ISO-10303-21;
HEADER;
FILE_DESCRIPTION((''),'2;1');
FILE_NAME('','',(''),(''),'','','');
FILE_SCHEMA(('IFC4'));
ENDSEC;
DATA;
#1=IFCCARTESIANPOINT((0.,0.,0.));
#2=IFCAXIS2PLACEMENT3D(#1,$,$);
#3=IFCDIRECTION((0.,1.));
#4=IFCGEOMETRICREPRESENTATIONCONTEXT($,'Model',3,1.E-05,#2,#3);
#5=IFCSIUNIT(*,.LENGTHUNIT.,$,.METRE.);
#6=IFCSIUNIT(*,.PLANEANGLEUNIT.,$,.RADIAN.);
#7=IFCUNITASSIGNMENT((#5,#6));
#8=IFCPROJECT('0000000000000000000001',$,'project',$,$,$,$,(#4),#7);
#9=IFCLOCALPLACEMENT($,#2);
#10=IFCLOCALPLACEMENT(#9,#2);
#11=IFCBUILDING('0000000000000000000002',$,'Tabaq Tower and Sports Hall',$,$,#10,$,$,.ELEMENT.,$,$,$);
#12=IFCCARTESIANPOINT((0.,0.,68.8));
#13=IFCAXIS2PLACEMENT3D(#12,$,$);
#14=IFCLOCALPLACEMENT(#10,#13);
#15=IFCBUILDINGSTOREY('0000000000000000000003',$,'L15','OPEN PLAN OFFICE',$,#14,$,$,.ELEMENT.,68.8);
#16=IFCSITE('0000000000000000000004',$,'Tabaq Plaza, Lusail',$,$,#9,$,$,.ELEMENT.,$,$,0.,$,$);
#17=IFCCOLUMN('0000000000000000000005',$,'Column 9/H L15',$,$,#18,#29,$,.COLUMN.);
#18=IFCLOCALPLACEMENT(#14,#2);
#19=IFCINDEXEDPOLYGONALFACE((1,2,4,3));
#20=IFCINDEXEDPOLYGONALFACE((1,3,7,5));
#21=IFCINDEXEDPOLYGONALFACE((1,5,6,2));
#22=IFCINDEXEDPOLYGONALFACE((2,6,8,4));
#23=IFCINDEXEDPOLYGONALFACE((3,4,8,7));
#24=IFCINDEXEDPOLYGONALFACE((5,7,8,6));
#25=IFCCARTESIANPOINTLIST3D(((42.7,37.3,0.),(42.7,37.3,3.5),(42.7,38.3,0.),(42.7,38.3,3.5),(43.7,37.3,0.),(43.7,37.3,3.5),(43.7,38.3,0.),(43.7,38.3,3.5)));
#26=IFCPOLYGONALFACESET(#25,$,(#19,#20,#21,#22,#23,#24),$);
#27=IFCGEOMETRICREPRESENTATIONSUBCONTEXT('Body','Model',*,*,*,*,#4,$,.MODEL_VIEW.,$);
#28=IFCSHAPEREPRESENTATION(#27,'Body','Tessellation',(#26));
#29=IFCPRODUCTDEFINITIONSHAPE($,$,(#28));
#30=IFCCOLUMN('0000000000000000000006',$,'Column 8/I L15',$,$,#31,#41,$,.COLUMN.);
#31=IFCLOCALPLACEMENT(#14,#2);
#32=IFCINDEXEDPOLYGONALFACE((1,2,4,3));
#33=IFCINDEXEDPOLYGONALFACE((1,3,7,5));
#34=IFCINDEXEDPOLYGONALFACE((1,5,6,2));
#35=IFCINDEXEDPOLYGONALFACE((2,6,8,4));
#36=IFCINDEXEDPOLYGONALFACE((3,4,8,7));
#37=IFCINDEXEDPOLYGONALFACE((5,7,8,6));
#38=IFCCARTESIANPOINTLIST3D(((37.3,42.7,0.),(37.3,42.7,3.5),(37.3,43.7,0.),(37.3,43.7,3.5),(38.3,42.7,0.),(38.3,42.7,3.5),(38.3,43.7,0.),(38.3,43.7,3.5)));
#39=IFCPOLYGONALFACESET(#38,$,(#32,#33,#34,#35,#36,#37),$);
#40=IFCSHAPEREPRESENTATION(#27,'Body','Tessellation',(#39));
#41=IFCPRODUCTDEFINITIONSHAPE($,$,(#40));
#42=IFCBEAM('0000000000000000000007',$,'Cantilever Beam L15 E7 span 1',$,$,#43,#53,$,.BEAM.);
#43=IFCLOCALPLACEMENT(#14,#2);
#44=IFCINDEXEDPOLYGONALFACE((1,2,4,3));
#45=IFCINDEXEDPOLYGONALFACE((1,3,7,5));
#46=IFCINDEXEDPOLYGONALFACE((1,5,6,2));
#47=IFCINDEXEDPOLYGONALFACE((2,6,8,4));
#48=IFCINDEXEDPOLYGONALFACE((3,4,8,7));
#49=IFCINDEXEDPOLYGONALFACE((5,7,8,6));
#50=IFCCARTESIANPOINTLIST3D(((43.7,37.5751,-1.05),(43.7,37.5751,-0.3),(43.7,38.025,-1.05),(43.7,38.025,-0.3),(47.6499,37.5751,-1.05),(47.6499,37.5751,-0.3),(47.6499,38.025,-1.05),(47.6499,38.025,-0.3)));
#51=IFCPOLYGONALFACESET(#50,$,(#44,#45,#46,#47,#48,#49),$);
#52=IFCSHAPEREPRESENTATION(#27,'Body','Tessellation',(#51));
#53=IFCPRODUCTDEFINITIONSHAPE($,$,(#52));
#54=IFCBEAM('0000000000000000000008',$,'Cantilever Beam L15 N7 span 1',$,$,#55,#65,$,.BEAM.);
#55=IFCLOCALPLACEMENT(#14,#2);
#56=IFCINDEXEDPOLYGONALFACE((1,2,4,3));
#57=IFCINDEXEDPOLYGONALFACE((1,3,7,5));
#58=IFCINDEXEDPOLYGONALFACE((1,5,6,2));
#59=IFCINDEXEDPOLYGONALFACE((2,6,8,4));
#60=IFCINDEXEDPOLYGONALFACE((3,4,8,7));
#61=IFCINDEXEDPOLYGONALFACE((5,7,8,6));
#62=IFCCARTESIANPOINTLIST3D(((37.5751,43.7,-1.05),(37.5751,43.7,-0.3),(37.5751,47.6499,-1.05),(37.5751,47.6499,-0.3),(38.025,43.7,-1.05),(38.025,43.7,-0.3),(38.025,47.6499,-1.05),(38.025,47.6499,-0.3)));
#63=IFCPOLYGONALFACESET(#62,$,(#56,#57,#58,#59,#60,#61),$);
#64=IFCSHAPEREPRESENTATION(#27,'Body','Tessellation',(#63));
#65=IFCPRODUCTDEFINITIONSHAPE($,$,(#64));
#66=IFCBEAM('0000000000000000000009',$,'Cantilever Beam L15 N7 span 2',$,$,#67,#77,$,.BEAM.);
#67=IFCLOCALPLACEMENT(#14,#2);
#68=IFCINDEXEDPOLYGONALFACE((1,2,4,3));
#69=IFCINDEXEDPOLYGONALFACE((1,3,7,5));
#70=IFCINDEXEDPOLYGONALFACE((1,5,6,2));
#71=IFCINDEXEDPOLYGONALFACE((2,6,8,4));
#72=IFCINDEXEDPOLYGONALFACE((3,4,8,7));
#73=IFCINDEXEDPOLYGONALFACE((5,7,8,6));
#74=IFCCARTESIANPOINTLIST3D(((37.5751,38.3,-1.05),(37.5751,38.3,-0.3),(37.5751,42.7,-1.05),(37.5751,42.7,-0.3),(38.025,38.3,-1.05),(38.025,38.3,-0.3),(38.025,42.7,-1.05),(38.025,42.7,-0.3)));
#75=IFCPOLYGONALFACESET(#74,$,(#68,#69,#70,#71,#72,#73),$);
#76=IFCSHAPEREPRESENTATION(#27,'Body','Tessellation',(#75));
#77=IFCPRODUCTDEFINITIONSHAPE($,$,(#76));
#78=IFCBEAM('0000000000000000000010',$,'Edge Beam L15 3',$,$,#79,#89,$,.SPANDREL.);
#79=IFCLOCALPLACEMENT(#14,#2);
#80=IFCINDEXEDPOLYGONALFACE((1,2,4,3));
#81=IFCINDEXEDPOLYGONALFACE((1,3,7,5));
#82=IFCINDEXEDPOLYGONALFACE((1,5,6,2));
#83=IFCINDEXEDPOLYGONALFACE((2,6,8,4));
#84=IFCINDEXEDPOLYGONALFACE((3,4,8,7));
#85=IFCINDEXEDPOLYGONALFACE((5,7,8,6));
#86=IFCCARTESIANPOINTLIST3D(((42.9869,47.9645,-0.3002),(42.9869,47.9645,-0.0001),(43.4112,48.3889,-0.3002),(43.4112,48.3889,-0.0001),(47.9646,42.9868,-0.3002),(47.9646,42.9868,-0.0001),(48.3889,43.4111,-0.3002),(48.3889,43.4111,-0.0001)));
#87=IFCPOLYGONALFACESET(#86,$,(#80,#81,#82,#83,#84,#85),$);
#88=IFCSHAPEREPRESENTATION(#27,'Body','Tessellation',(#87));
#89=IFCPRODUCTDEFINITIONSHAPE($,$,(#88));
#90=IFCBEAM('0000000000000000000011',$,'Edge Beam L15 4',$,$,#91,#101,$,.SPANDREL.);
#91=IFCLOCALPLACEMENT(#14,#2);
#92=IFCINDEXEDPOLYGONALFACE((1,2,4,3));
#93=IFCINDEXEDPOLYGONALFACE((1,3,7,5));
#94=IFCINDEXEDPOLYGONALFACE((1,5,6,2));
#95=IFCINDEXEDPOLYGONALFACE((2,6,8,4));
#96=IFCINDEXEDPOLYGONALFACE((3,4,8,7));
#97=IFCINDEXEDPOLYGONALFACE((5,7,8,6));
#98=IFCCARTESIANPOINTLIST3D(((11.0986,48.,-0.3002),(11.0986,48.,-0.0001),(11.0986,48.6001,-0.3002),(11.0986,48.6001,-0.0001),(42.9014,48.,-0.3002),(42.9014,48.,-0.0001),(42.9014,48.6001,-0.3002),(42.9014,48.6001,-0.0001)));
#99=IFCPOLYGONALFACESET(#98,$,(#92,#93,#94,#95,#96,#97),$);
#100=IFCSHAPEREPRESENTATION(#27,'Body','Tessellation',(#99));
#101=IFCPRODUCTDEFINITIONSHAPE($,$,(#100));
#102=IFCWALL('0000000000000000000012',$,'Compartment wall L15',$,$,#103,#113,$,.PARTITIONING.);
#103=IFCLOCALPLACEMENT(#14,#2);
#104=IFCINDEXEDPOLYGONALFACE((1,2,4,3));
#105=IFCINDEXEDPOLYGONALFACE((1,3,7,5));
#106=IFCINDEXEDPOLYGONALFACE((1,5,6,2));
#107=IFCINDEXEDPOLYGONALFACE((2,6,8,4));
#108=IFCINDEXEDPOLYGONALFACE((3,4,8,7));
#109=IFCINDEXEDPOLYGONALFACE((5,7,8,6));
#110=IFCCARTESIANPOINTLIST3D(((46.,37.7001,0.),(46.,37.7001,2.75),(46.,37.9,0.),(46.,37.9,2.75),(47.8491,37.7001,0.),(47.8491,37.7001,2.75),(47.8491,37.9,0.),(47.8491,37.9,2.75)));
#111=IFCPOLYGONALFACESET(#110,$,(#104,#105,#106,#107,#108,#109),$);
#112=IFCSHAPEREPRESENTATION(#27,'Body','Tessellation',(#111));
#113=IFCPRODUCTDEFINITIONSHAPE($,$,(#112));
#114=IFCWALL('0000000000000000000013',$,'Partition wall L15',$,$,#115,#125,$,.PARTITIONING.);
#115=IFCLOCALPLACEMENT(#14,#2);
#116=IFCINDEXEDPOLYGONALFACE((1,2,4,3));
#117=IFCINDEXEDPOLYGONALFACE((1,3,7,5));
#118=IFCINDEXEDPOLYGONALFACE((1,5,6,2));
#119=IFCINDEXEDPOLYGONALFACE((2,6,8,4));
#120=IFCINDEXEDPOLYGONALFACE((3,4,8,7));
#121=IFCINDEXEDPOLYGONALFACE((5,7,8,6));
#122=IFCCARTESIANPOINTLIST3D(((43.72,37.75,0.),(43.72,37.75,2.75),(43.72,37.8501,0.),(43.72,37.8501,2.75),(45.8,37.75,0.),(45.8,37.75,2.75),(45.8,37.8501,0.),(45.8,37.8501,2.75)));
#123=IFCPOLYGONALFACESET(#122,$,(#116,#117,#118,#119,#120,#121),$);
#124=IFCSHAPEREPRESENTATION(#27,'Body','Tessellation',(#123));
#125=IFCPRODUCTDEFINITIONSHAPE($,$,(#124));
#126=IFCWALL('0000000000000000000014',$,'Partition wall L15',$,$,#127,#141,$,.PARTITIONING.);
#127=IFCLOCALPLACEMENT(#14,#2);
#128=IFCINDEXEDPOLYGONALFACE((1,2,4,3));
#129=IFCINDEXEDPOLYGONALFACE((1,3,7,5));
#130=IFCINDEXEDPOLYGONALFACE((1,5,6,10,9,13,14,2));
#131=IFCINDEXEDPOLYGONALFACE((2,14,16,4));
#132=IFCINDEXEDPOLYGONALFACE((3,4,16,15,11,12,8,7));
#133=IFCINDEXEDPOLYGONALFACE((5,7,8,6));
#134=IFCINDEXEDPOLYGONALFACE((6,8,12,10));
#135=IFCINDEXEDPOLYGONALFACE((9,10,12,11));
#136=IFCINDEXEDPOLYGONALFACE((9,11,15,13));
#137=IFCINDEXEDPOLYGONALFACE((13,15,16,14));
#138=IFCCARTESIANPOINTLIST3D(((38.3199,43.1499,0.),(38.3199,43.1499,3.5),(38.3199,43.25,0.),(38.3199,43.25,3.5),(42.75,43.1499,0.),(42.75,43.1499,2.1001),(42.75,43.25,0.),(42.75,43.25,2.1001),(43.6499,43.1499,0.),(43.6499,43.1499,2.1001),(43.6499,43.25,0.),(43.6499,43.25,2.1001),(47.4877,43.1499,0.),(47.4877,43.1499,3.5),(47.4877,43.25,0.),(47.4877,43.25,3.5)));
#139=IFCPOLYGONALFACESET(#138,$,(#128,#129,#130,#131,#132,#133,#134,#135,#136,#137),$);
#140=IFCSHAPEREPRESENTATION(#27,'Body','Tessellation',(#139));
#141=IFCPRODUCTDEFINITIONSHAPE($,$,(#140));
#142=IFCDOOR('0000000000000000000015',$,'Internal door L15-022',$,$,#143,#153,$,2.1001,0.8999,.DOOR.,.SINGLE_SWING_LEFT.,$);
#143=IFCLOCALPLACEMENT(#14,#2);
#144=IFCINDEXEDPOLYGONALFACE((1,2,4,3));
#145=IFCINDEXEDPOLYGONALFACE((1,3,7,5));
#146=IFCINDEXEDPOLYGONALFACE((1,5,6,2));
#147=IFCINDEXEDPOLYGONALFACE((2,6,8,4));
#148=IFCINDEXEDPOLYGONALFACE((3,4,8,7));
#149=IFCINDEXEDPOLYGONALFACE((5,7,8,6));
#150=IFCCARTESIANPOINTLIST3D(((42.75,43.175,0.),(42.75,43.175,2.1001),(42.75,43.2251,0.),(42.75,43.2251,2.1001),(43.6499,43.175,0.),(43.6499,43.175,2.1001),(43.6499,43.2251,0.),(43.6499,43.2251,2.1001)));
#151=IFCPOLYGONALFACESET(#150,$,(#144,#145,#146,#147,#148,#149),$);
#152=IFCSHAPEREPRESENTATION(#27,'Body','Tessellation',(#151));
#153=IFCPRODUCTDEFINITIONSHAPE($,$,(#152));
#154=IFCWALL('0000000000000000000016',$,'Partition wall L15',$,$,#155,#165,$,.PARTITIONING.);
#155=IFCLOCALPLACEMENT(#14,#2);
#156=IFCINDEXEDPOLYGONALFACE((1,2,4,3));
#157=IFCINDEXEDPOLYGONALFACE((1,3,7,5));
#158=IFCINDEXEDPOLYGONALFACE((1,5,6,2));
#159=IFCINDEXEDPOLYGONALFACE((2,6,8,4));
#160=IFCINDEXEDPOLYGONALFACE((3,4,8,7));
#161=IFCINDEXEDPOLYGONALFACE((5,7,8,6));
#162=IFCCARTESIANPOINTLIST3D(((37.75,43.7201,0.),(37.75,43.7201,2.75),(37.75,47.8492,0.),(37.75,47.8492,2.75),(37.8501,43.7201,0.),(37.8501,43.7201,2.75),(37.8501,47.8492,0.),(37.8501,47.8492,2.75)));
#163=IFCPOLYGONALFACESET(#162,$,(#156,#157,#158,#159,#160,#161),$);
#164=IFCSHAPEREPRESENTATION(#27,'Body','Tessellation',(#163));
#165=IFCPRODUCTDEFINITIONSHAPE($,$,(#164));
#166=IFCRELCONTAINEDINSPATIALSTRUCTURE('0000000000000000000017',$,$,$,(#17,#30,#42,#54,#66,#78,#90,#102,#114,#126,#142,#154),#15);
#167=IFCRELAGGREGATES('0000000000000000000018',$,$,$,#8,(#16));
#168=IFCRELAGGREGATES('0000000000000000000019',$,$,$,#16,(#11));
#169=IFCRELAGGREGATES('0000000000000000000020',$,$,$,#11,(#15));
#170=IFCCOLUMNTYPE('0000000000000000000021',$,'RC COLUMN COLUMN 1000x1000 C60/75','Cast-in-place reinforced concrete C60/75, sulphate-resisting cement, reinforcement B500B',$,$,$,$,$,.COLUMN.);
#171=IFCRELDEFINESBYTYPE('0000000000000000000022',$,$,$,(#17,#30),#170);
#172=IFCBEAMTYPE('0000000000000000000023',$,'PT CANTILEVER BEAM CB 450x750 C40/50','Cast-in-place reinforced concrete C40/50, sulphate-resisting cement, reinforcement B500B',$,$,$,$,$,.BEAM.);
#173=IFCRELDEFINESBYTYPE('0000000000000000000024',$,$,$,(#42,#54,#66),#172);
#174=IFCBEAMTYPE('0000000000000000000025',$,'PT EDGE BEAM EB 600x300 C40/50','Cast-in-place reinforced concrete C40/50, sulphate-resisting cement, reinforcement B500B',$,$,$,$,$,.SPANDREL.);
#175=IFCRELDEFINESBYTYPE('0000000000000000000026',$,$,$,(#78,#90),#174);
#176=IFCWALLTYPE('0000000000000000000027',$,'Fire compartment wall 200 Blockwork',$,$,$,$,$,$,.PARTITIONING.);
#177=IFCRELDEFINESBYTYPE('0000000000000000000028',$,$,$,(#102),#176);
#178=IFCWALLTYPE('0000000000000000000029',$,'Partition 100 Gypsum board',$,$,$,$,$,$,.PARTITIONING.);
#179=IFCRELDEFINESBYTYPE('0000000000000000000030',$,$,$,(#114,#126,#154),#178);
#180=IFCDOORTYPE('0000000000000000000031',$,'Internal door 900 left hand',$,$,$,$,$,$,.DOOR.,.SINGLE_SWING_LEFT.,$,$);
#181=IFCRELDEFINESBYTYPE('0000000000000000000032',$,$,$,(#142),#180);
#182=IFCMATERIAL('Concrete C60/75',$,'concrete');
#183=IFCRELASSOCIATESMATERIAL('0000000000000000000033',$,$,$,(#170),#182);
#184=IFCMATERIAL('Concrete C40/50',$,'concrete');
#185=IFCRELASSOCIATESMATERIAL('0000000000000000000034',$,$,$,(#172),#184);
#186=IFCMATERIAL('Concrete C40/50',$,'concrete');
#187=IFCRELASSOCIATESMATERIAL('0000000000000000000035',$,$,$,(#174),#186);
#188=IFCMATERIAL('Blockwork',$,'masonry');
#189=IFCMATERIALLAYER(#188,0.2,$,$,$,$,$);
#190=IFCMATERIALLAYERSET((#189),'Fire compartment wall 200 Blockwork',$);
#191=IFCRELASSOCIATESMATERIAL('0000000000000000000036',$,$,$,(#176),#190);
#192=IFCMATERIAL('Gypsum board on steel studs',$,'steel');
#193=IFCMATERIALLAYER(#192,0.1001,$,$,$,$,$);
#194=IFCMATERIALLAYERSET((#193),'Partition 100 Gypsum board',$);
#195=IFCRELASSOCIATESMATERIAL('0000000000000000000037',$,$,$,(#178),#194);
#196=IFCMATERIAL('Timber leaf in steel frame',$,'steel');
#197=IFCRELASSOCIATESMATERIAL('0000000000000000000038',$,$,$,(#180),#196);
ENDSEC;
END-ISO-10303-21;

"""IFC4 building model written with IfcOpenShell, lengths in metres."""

from ifc_helpers import new_model, si_unit, direction, frame, frame_2d, origin, origin_2d, place, context, subcontext, project, spatial, rectangle, extrude, material, layer, layer_set, material_profile, profile_set, type_object, element, fill, save


model = new_model("IFC4")

# Units and contexts
model_context = context("Model", 3, precision=1e-05, world=origin(), true_north=direction((0.0, 1.0)))
body_context = subcontext(model_context, "Body", "Model", "MODEL_VIEW")
ifc_project = project(units=[si_unit("LENGTHUNIT", "METRE"), si_unit("PLANEANGLEUNIT", "RADIAN")], contexts=[model_context])

# Site, building, storey
site_placement = place(None, origin())
site = spatial("IfcSite", under=ifc_project, at=site_placement, Name="Tabaq Plaza, Lusail", CompositionType="ELEMENT", RefElevation=0.0)
building_placement = place(site_placement, origin())
building = spatial("IfcBuilding", under=site, at=building_placement, Name="Tabaq Tower and Sports Hall", CompositionType="ELEMENT")
storey_placement = place(building_placement, frame((0.0, 0.0, 68.8)))
storey = spatial("IfcBuildingStorey", under=building, at=storey_placement, Name="L15", Description="OPEN PLAN OFFICE", CompositionType="ELEMENT", Elevation=68.8)

# Columns
ifc_material_1 = material(Name="Concrete C60/75", Category="concrete")
ifc_material_profile_1 = material_profile(ifc_material_1, rectangle(XDim=1.0, YDim=1.0, at=origin_2d()), Name="COLUMN 1000x1000")
ifc_profile_set_1 = profile_set([ifc_material_profile_1], Name="Concrete C60/75")
column_type = type_object("IfcColumnType", Name="RC COLUMN COLUMN 1000x1000 C60/75", Description="Cast-in-place reinforced concrete C60/75, sulphate-resisting cement, reinforcement B500B", PredefinedType="COLUMN", material=ifc_profile_set_1)
for number, where, z_axis, x_axis, name in (
    (1, (43.2, 37.8, 0.0), (0.0, 0.0, 1.0), (1.0, 0.0, 0.0), "Column 9/H L15"),
    (2, (37.8, 43.2, 0.0), (0.0, 0.0, 1.0), (1.0, 0.0, 0.0), "Column 8/I L15"),
):
    element("IfcColumn", number, at=place(storey_placement, frame(where, z_axis=z_axis, x_axis=x_axis)), inside=storey, type_object=column_type, Name=name, PredefinedType="COLUMN", context=body_context, shape_type="SweptSolid", body=[
        extrude(rectangle(XDim=1.0, YDim=1.0, at=origin_2d()), origin(), (0.0, 0.0, 1.0), 3.5),
    ])

# Beams
ifc_material_2 = material(Name="Concrete C40/50", Category="concrete")
ifc_material_profile_2 = material_profile(ifc_material_2, rectangle(XDim=0.45, YDim=0.75, at=origin_2d()), Name="CB 450x750")
ifc_profile_set_2 = profile_set([ifc_material_profile_2], Name="Concrete C40/50")
beam_type_1 = type_object("IfcBeamType", Name="PT CANTILEVER BEAM CB 450x750 C40/50", Description="Cast-in-place reinforced concrete C40/50, sulphate-resisting cement, reinforcement B500B", PredefinedType="BEAM", material=ifc_profile_set_2)
for number, where, z_axis, x_axis, name in (
    (3, (47.6499, 37.8, -0.675), (-1.0, 0.0, 0.0), (0.0, -1.0, 0.0), "Cantilever Beam L15 E7 span 1"),
    (4, (37.8, 47.6499, -0.675), (0.0, -1.0, 0.0), (1.0, 0.0, 0.0), "Cantilever Beam L15 N7 span 1"),
):
    element("IfcBeam", number, at=place(storey_placement, frame(where, z_axis=z_axis, x_axis=x_axis)), inside=storey, type_object=beam_type_1, Name=name, PredefinedType="BEAM", context=body_context, shape_type="SweptSolid", body=[
        extrude(rectangle(XDim=0.45, YDim=0.75, at=origin_2d()), origin(), (0.0, 0.0, 1.0), 3.95),
    ])
beam_1_placement = place(storey_placement, frame((37.8, 42.7, -0.675), z_axis=(0.0, -1.0, 0.0), x_axis=(1.0, 0.0, 0.0)))
element("IfcBeam", 5, at=beam_1_placement, inside=storey, type_object=beam_type_1, Name="Cantilever Beam L15 N7 span 2", PredefinedType="BEAM", context=body_context, shape_type="SweptSolid", body=[
    extrude(rectangle(XDim=0.45, YDim=0.75, at=origin_2d()), origin(), (0.0, 0.0, 1.0), 4.3999),
])
ifc_material_3 = material(Name="Concrete C40/50", Category="concrete")
ifc_material_profile_3 = material_profile(ifc_material_3, rectangle(XDim=0.6001, YDim=0.3, at=origin_2d()), Name="EB 600x300")
ifc_profile_set_3 = profile_set([ifc_material_profile_3], Name="Concrete C40/50")
beam_type_2 = type_object("IfcBeamType", Name="PT EDGE BEAM EB 600x300 C40/50", Description="Cast-in-place reinforced concrete C40/50, sulphate-resisting cement, reinforcement B500B", PredefinedType="SPANDREL", material=ifc_profile_set_3)
beam_2_placement = place(storey_placement, frame((48.1768, 43.199, -0.1501), z_axis=(-0.707107, 0.707107, 0.0), x_axis=(-0.707107, -0.707107, 0.0)))
element("IfcBeam", 6, at=beam_2_placement, inside=storey, type_object=beam_type_2, Name="Edge Beam L15 3", PredefinedType="SPANDREL", context=body_context, shape_type="SweptSolid", body=[
    extrude(rectangle(XDim=0.6001, YDim=0.3, at=origin_2d()), origin(), (0.0, 0.0, 1.0), 7.0396),
])
beam_3_placement = place(storey_placement, frame((42.9014, 48.3, -0.1501), z_axis=(-1.0, 0.0, 0.0), x_axis=(0.0, -1.0, 0.0)))
element("IfcBeam", 7, at=beam_3_placement, inside=storey, type_object=beam_type_2, Name="Edge Beam L15 4", PredefinedType="SPANDREL", context=body_context, shape_type="SweptSolid", body=[
    extrude(rectangle(XDim=0.6001, YDim=0.3, at=origin_2d()), origin(), (0.0, 0.0, 1.0), 31.8027),
])

# Walls
ifc_material_4 = material(Name="Blockwork", Category="masonry")
ifc_layer_1 = layer(ifc_material_4, 0.2)
ifc_layer_set_1 = layer_set([ifc_layer_1], Name="Fire compartment wall 200 Blockwork")
wall_type_1 = type_object("IfcWallType", Name="Fire compartment wall 200 Blockwork", PredefinedType="PARTITIONING", material=ifc_layer_set_1)
wall_1_placement = place(storey_placement, frame((46.0, 37.8, 0.0), z_axis=(0.0, 0.0, 1.0), x_axis=(1.0, 0.0, 0.0)))
element("IfcWall", 8, at=wall_1_placement, inside=storey, type_object=wall_type_1, Name="Compartment wall L15", PredefinedType="PARTITIONING", context=body_context, shape_type="SweptSolid", body=[
    extrude(rectangle(XDim=1.8491, YDim=0.2, at=frame_2d((0.9246, 0.0))), origin(), (0.0, 0.0, 1.0), 2.75),
])
ifc_material_5 = material(Name="Gypsum board on steel studs", Category="steel")
ifc_layer_2 = layer(ifc_material_5, 0.1001)
ifc_layer_set_2 = layer_set([ifc_layer_2], Name="Partition 100 Gypsum board")
wall_type_2 = type_object("IfcWallType", Name="Partition 100 Gypsum board", PredefinedType="PARTITIONING", material=ifc_layer_set_2)
wall_2_placement = place(storey_placement, frame((45.8, 37.8, 0.0), z_axis=(0.0, 0.0, 1.0), x_axis=(-1.0, 0.0, 0.0)))
element("IfcWall", 9, at=wall_2_placement, inside=storey, type_object=wall_type_2, Name="Partition wall L15", PredefinedType="PARTITIONING", context=body_context, shape_type="SweptSolid", body=[
    extrude(rectangle(XDim=2.0801, YDim=0.1001, at=frame_2d((1.04, 0.0))), origin(), (0.0, 0.0, 1.0), 2.75),
])

# Wall, opening, door
wall_3_placement = place(storey_placement, frame((47.4878, 43.2, 0.0), z_axis=(0.0, 0.0, 1.0), x_axis=(-1.0, 0.0, 0.0)))
wall_3 = element("IfcWall", 10, at=wall_3_placement, inside=storey, type_object=wall_type_2, Name="Partition wall L15", PredefinedType="PARTITIONING", context=body_context, shape_type="SweptSolid", body=[
    extrude(rectangle(XDim=9.1677, YDim=0.1001, at=frame_2d((4.584, 0.0))), origin(), (0.0, 0.0, 1.0), 3.5),
])
opening_1_placement = place(wall_3_placement, frame((3.8379, 0.0, 0.0)))
opening_1 = element("IfcOpeningElement", 11, at=opening_1_placement, cuts=wall_3, PredefinedType="OPENING", context=body_context, shape_type="SweptSolid", body=[
    extrude(rectangle(XDim=0.8999, YDim=2.1001, at=frame_2d((0.45, 1.05))), frame((0.0, 0.05, 0.0), z_axis=(0.0, -1.0, 0.0), x_axis=(1.0, 0.0, 0.0)), (0.0, 0.0, 1.0), 0.1001),
])
ifc_material_6 = material(Name="Timber leaf in steel frame", Category="steel")
door_type = type_object("IfcDoorType", Name="Internal door 900 left hand", OperationType="SINGLE_SWING_LEFT", PredefinedType="DOOR", material=ifc_material_6)
door_placement = place(opening_1_placement, origin())
door = element("IfcDoor", 12, at=door_placement, inside=storey, type_object=door_type, Name="Internal door L15-022", OperationType="SINGLE_SWING_LEFT", OverallHeight=2.1001, OverallWidth=0.8999, PredefinedType="DOOR", context=body_context, shape_type="SweptSolid", body=[
    extrude(rectangle(XDim=0.8999, YDim=2.1001, at=frame_2d((0.45, 1.05))), frame((0.0, 0.0249, 0.0), z_axis=(0.0, -1.0, 0.0), x_axis=(1.0, 0.0, 0.0)), (0.0, 0.0, 1.0), 0.05),
])
fill(opening_1, door)

# Wall
wall_4_placement = place(storey_placement, frame((37.8, 47.8491, 0.0), z_axis=(0.0, 0.0, 1.0), x_axis=(0.0, -1.0, 0.0)))
element("IfcWall", 13, at=wall_4_placement, inside=storey, type_object=wall_type_2, Name="Partition wall L15", PredefinedType="PARTITIONING", context=body_context, shape_type="SweptSolid", body=[
    extrude(rectangle(XDim=4.1292, YDim=0.1001, at=frame_2d((2.0645, 0.0))), origin(), (0.0, 0.0, 1.0), 2.75),
])

save(model, "model.ifc")
